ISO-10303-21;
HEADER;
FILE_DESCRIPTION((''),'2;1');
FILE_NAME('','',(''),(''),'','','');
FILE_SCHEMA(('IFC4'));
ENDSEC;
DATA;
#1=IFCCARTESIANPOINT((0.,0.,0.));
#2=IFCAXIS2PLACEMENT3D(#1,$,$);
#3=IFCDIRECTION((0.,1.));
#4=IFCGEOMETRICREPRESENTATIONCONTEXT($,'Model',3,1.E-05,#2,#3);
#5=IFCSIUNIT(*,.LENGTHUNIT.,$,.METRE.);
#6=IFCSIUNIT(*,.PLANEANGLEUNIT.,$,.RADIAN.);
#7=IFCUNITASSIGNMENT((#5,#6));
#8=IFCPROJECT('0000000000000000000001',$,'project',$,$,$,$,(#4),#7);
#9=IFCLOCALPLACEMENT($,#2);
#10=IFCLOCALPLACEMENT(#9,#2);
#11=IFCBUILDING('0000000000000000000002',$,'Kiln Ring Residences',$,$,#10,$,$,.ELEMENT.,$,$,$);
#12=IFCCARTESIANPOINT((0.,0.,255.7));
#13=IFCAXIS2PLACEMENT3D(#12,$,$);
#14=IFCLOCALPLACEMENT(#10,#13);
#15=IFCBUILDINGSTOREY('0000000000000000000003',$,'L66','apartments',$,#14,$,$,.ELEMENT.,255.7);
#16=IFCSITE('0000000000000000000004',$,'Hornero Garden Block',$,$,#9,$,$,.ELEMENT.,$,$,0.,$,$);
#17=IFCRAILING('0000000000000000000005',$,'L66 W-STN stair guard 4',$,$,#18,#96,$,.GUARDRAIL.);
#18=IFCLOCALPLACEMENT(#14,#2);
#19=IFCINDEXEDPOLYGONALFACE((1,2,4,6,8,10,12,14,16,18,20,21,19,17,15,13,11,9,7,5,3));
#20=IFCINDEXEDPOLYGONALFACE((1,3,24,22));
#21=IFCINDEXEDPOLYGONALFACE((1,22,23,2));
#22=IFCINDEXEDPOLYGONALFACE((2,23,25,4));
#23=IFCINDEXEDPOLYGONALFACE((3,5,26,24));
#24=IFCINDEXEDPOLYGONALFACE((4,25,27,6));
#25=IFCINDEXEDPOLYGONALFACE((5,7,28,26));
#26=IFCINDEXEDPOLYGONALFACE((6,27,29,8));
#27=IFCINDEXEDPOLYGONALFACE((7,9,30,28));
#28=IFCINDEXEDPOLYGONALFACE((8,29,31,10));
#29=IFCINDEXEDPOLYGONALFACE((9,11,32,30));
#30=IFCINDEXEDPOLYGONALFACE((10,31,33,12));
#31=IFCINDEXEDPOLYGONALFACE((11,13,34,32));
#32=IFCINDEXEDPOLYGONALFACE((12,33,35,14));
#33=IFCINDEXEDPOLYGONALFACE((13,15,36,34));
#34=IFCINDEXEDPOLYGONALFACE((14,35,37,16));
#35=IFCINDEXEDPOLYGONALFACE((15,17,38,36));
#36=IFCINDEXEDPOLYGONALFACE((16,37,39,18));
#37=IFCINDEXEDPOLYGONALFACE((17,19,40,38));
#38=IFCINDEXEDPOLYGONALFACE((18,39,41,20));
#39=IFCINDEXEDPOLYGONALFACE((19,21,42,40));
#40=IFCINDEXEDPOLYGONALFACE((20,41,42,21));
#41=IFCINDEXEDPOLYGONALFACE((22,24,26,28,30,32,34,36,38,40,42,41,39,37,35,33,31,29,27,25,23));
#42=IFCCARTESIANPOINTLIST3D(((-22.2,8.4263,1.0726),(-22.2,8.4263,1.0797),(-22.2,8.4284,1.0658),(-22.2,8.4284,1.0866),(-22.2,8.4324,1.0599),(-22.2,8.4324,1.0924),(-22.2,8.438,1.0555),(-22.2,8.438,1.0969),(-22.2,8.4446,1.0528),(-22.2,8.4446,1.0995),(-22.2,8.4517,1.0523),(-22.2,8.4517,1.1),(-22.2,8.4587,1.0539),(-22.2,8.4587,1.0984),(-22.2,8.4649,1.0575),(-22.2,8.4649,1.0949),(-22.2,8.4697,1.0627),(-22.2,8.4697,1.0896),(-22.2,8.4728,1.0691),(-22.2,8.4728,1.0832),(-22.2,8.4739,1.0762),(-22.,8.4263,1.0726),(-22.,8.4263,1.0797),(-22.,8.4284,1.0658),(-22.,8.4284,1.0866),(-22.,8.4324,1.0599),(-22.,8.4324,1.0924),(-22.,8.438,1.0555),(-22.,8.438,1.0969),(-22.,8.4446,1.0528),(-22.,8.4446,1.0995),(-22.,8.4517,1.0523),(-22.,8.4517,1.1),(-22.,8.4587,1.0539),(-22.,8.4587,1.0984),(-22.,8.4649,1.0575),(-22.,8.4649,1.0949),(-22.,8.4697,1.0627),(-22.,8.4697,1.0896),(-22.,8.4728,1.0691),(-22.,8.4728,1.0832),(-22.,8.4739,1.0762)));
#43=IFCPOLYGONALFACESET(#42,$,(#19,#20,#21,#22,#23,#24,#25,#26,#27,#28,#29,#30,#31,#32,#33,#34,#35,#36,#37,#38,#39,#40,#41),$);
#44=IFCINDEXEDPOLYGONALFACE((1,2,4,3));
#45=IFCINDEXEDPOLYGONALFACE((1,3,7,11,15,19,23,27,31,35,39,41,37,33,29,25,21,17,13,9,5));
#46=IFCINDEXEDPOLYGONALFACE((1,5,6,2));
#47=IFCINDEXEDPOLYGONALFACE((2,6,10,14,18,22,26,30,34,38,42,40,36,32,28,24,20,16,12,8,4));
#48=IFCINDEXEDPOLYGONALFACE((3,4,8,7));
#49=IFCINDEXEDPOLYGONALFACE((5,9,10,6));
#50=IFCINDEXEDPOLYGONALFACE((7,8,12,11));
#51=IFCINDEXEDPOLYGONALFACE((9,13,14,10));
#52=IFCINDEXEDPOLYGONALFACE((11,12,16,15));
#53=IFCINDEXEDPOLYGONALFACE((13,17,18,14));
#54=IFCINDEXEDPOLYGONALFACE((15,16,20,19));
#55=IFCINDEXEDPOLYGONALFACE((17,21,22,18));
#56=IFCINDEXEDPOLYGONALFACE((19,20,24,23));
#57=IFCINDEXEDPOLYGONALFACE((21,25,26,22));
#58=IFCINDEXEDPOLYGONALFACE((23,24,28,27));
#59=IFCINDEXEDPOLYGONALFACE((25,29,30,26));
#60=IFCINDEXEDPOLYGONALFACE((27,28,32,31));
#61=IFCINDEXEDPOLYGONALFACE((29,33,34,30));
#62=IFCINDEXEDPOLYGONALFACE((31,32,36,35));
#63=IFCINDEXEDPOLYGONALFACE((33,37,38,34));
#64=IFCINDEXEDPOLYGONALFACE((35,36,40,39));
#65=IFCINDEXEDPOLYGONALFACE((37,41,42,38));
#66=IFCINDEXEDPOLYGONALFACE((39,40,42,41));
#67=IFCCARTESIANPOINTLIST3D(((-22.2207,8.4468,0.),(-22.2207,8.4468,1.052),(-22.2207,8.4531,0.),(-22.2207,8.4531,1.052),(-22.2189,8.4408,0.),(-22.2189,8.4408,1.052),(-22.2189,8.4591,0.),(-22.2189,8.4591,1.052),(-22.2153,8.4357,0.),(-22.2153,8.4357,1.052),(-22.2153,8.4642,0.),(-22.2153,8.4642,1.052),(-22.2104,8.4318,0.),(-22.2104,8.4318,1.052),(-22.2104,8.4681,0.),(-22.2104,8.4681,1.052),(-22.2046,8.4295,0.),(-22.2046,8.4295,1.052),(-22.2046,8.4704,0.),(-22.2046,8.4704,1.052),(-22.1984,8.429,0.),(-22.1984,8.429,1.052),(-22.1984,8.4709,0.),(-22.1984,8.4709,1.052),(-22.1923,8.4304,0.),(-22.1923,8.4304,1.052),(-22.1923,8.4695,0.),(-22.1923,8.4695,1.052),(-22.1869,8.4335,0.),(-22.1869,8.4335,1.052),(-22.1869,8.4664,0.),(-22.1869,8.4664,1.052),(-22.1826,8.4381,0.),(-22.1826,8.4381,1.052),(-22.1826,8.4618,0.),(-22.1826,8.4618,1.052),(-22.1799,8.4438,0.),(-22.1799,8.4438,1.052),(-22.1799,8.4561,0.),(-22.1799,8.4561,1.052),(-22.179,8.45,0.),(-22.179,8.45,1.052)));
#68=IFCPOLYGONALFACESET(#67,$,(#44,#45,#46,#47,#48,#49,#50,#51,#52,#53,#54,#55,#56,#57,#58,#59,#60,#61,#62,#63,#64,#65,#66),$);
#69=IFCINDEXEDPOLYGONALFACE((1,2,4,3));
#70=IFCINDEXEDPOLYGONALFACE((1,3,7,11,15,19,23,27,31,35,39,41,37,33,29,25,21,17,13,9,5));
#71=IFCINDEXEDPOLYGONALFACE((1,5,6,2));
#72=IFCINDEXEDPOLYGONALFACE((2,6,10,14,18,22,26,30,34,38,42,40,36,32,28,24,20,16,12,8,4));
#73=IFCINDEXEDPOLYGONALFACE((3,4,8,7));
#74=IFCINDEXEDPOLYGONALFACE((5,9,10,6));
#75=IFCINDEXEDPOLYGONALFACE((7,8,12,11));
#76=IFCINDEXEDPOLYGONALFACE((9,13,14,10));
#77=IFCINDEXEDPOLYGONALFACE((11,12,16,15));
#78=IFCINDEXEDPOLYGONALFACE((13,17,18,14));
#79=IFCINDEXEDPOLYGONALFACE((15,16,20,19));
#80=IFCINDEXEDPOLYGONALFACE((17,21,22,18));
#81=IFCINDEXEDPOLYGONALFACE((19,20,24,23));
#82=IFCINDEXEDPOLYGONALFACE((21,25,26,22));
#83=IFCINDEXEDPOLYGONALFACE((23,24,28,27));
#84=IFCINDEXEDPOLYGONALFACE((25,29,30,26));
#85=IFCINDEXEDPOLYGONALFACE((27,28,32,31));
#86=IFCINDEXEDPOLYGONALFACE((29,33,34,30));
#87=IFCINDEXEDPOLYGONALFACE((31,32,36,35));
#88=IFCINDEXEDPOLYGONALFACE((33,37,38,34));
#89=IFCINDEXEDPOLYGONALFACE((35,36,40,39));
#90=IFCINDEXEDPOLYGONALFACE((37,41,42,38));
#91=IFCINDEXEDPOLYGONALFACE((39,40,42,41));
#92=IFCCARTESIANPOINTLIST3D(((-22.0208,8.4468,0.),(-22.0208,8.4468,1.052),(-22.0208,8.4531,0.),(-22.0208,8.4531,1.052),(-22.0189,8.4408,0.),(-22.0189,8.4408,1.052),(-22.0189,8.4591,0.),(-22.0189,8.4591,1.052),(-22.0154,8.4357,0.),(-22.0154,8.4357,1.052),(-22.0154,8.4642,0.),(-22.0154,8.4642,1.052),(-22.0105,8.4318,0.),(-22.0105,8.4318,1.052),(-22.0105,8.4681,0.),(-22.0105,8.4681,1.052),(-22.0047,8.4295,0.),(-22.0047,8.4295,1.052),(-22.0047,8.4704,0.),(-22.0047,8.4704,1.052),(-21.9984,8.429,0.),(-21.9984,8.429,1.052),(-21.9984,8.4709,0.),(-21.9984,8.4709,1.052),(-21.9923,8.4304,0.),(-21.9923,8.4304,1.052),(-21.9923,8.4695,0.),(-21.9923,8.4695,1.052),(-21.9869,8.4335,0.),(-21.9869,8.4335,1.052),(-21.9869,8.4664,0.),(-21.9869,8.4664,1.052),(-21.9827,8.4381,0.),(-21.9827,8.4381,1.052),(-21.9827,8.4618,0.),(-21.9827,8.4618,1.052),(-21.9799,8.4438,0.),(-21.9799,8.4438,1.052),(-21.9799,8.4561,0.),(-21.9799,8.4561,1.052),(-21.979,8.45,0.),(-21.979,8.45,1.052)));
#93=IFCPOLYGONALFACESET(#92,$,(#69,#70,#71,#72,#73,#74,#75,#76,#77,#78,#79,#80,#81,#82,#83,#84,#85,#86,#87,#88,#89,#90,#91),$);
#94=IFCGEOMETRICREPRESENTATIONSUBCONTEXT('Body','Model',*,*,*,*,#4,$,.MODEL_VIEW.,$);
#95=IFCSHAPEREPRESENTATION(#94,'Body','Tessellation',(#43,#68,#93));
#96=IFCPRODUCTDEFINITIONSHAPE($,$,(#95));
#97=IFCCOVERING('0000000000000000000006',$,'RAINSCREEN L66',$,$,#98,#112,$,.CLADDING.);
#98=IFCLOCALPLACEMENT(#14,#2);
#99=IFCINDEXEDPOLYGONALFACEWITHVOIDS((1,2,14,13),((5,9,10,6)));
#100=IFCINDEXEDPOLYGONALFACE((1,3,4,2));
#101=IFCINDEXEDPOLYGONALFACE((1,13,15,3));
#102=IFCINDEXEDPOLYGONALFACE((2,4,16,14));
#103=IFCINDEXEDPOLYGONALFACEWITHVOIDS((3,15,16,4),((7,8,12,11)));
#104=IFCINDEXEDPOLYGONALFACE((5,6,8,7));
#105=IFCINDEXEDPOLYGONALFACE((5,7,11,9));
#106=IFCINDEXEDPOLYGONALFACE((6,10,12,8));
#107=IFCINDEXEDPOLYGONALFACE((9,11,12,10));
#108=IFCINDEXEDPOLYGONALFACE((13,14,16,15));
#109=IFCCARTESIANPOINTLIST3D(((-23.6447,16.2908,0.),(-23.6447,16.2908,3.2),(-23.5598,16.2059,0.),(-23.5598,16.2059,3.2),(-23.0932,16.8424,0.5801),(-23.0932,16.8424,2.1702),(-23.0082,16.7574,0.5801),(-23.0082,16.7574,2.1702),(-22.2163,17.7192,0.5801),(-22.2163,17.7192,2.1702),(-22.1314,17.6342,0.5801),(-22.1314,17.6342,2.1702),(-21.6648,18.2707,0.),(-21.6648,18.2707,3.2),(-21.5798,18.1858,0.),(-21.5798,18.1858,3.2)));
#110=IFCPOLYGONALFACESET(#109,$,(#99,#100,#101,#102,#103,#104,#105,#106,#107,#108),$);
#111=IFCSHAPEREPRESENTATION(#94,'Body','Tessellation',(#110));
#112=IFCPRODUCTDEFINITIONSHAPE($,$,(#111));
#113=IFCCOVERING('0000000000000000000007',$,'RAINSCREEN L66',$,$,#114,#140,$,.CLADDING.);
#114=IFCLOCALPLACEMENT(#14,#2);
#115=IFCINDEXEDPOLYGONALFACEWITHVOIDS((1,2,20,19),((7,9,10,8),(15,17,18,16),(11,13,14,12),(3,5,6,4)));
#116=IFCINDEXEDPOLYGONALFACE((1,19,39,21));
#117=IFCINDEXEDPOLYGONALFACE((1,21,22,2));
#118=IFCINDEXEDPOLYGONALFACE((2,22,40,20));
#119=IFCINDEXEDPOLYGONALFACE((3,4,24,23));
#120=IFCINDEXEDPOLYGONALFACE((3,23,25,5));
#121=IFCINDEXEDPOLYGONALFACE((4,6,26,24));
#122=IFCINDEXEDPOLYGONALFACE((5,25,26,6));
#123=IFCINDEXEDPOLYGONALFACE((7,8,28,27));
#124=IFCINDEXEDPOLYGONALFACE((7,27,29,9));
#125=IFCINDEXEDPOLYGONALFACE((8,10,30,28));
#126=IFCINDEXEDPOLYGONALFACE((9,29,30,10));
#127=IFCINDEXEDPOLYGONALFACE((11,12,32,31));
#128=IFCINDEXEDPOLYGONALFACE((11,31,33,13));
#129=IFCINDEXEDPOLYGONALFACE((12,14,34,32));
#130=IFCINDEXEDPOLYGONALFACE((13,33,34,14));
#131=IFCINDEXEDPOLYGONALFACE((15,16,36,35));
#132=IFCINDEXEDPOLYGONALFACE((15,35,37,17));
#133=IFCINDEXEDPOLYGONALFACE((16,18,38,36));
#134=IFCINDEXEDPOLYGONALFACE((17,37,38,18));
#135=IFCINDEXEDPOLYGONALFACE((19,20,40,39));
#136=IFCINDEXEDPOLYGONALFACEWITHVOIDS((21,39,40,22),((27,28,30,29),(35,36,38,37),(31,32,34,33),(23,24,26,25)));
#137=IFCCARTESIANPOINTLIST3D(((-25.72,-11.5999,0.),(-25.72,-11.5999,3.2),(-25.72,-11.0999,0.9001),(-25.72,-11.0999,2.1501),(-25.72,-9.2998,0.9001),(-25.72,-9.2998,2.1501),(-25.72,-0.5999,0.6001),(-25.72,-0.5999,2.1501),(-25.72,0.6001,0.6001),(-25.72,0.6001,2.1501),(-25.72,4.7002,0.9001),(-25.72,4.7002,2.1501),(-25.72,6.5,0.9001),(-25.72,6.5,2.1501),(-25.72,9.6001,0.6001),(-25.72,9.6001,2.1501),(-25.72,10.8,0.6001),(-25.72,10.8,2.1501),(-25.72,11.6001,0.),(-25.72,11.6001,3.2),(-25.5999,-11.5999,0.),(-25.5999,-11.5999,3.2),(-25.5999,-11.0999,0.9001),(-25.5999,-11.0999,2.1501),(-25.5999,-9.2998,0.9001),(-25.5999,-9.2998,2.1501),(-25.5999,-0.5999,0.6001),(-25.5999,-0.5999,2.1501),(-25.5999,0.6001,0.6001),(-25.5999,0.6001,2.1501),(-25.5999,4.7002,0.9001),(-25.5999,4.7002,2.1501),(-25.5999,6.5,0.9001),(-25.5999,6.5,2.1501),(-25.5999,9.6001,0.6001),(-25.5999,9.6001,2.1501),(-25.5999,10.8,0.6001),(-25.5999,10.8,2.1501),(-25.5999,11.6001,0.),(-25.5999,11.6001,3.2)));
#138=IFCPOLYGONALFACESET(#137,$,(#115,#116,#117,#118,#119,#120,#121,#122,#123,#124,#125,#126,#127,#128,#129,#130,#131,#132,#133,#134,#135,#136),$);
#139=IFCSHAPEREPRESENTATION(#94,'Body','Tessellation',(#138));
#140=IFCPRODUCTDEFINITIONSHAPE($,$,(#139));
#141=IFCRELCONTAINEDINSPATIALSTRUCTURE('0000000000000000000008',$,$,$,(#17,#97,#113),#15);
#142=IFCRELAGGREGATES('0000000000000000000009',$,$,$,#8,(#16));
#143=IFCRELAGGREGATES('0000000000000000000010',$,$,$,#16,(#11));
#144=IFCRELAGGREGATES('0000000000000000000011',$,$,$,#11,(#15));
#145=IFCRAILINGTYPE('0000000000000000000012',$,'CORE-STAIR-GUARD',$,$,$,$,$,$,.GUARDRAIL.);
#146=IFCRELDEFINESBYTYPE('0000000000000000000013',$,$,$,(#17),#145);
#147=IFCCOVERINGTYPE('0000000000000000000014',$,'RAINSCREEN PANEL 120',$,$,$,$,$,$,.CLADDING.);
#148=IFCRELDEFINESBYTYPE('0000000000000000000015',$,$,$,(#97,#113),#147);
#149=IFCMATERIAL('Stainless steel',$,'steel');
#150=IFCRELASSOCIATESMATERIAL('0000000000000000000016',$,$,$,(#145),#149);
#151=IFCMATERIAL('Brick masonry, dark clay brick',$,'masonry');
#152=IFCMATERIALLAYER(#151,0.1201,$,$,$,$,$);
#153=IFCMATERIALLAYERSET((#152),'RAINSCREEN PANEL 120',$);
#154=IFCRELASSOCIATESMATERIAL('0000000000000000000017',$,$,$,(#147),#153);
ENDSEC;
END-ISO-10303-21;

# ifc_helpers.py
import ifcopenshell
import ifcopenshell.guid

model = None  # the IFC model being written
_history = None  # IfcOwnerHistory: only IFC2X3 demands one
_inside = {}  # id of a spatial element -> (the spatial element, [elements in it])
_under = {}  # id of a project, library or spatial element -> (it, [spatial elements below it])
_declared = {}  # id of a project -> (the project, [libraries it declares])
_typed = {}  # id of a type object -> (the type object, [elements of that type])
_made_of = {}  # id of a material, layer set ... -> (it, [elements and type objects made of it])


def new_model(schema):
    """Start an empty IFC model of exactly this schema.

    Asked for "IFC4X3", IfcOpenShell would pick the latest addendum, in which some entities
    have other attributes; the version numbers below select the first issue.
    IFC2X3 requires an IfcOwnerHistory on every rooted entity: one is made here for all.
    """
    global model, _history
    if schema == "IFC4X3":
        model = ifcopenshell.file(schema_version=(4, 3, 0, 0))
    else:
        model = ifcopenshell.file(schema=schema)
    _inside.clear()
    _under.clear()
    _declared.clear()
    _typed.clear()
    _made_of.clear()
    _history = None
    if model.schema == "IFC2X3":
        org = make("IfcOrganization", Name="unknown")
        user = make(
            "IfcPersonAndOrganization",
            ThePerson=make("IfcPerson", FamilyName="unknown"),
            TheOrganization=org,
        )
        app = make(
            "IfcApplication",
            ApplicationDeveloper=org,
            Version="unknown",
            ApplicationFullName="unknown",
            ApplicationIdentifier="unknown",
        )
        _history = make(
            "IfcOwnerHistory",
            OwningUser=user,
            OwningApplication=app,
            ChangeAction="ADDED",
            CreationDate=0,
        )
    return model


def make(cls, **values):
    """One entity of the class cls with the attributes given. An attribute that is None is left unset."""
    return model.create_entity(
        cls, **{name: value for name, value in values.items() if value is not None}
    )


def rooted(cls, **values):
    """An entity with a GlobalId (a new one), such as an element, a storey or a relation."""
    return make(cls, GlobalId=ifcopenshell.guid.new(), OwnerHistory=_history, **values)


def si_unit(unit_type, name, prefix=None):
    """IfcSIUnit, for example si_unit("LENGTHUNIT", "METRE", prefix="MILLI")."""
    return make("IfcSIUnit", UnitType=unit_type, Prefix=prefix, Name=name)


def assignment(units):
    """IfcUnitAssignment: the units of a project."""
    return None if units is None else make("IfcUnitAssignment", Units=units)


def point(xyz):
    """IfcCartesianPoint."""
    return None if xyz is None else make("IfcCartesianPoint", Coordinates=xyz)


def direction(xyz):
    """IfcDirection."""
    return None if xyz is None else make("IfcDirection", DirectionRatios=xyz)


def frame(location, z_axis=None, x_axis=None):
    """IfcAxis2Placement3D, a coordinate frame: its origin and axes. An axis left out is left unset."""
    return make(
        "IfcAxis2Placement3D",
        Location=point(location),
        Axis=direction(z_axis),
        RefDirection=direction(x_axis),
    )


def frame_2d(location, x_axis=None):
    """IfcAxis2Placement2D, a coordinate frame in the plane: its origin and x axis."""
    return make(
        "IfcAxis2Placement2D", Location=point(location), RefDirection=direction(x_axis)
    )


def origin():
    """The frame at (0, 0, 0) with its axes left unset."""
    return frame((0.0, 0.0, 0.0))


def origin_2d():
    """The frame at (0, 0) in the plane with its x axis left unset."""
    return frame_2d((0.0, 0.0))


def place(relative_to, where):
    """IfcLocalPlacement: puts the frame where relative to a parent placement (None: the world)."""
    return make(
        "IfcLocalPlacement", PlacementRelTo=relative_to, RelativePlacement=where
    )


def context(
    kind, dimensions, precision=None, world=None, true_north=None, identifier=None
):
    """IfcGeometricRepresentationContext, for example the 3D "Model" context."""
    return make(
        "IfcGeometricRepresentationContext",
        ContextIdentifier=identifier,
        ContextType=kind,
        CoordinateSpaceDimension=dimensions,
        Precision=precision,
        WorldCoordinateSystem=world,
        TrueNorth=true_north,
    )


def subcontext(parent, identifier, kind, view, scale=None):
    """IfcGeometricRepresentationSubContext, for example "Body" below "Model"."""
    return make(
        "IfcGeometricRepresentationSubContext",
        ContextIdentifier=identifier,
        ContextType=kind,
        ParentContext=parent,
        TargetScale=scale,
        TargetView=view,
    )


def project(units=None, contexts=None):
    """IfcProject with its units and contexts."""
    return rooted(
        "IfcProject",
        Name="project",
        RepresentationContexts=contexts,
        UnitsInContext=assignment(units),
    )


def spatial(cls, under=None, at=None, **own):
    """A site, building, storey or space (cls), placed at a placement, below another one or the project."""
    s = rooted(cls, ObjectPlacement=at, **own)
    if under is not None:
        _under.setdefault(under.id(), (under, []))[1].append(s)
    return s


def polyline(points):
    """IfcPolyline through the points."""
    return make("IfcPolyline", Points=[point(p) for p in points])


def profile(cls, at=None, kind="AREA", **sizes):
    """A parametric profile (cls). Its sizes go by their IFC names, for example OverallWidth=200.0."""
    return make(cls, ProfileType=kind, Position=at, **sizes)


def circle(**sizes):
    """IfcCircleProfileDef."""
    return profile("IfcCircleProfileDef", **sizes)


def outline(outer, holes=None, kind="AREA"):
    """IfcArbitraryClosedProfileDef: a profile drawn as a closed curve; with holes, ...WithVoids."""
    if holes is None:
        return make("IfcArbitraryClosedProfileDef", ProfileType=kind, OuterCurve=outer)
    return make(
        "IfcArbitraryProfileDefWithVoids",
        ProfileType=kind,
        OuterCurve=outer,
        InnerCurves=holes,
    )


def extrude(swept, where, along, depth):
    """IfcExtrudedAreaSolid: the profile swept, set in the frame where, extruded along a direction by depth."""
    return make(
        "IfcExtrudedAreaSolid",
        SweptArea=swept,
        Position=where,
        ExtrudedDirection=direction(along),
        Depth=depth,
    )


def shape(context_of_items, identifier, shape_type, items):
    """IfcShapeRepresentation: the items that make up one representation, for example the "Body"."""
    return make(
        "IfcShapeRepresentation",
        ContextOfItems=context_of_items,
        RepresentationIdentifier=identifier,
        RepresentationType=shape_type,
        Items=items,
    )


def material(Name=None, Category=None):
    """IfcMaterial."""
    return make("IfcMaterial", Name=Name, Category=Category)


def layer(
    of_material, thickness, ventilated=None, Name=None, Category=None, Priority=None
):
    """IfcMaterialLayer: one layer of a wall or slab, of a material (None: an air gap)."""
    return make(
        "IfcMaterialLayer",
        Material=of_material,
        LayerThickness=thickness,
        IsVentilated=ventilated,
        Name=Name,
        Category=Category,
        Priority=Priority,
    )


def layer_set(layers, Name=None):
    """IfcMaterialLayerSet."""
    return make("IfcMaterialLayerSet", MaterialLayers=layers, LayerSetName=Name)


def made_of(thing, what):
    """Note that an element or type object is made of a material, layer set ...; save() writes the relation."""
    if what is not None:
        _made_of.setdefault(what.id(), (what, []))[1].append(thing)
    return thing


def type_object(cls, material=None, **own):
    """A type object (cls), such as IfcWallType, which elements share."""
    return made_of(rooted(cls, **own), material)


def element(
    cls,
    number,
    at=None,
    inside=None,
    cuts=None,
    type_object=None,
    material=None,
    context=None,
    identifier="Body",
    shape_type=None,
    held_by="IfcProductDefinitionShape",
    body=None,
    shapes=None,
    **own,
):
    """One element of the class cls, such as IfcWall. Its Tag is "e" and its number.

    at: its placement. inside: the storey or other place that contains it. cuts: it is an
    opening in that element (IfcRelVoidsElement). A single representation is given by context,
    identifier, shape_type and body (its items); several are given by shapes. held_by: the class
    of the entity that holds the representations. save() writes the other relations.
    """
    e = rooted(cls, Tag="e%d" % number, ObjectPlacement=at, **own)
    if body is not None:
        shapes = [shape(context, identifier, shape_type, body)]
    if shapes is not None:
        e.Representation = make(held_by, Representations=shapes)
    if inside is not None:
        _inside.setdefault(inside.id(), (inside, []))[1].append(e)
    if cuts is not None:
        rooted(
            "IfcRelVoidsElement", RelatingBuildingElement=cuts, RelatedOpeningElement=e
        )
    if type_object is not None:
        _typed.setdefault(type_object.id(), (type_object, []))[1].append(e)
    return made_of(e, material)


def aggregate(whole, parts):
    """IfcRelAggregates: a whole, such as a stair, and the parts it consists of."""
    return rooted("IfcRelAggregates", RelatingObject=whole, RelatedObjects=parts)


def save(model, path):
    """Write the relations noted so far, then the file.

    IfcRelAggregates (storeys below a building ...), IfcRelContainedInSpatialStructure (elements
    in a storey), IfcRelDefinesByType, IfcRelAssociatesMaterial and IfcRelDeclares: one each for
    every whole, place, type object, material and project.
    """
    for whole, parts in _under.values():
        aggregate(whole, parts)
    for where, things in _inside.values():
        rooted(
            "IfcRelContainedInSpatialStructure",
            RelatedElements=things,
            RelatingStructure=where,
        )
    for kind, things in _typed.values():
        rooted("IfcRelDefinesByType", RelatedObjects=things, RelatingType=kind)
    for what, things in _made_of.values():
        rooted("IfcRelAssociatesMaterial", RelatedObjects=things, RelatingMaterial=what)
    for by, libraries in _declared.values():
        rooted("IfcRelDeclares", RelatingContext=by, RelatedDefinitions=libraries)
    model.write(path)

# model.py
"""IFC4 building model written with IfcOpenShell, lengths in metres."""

from ifc_helpers import new_model, si_unit, direction, frame, origin, origin_2d, place, context, subcontext, project, spatial, polyline, circle, outline, extrude, material, layer, layer_set, type_object, element, save


model = new_model("IFC4")

# Units and contexts
model_context = context("Model", 3, precision=1e-05, world=origin(), true_north=direction((0.0, 1.0)))
body_context = subcontext(model_context, "Body", "Model", "MODEL_VIEW")
ifc_project = project(units=[si_unit("LENGTHUNIT", "METRE"), si_unit("PLANEANGLEUNIT", "RADIAN")], contexts=[model_context])

# Site, building, storey
site_placement = place(None, origin())
site = spatial("IfcSite", under=ifc_project, at=site_placement, Name="Hornero Garden Block", CompositionType="ELEMENT", RefElevation=0.0)
building_placement = place(site_placement, origin())
building = spatial("IfcBuilding", under=site, at=building_placement, Name="Kiln Ring Residences", CompositionType="ELEMENT")
storey_placement = place(building_placement, frame((0.0, 0.0, 255.7)))
storey = spatial("IfcBuildingStorey", under=building, at=storey_placement, Name="L66", Description="apartments", CompositionType="ELEMENT", Elevation=255.7)

# Railing
ifc_material_1 = material(Name="Stainless steel", Category="steel")
railing_type = type_object("IfcRailingType", Name="CORE-STAIR-GUARD", PredefinedType="GUARDRAIL", material=ifc_material_1)
railing_1_placement = place(storey_placement, frame((-22.2, 8.45, 0.0)))
element("IfcRailing", 1, at=railing_1_placement, inside=storey, type_object=railing_type, Name="L66 W-STN stair guard 4", PredefinedType="GUARDRAIL", context=body_context, shape_type="SweptSolid", body=[
    extrude(circle(Radius=0.0239, at=origin_2d()), frame((0.0, 0.0, 1.0762), z_axis=(1.0, 0.0, 0.0), x_axis=(0.0, 1.0, 0.0)), (0.0, 0.0, 1.0), 0.2),
    extrude(circle(Radius=0.021, at=origin_2d()), origin(), (0.0, 0.0, 1.0), 1.052),
    extrude(circle(Radius=0.021, at=origin_2d()), frame((0.2, 0.0, 0.0)), (0.0, 0.0, 1.0), 1.052),
])

# Coverings
ifc_material_2 = material(Name="Brick masonry, dark clay brick", Category="masonry")
ifc_layer_1 = layer(ifc_material_2, 0.1201)
ifc_layer_set_1 = layer_set([ifc_layer_1], Name="RAINSCREEN PANEL 120")
covering_type = type_object("IfcCoveringType", Name="RAINSCREEN PANEL 120", PredefinedType="CLADDING", material=ifc_layer_set_1)
covering_1_placement = place(storey_placement, frame((-21.6223, 18.2283, 0.0), z_axis=(0.0, 0.0, 1.0), x_axis=(-0.707107, -0.707107, 0.0)))
element("IfcCovering", 2, at=covering_1_placement, inside=storey, type_object=covering_type, Name="RAINSCREEN L66", PredefinedType="CLADDING", context=body_context, shape_type="SweptSolid", body=[
    extrude(outline(polyline([(0.0, 0.0), (2.8, 0.0), (2.8, 3.2), (0.0, 3.2), (0.0, 0.0)]), holes=[polyline([(0.78, 2.1702), (0.78, 0.5801), (2.02, 0.5801), (2.02, 2.1702), (0.78, 2.1702)])]), frame((0.0, 0.0601, 0.0), z_axis=(0.0, -1.0, 0.0), x_axis=(1.0, 0.0, 0.0)), (0.0, 0.0, 1.0), 0.1201),
])
covering_2_placement = place(storey_placement, frame((-25.6599, 11.6001, 0.0), z_axis=(0.0, 0.0, 1.0), x_axis=(0.0, -1.0, 0.0)))
element("IfcCovering", 3, at=covering_2_placement, inside=storey, type_object=covering_type, Name="RAINSCREEN L66", PredefinedType="CLADDING", context=body_context, shape_type="SweptSolid", body=[
    extrude(outline(polyline([(0.0, 0.0), (23.2, 0.0), (23.2, 3.2), (0.0, 3.2), (0.0, 0.0)]), holes=[polyline([(2.0, 0.6001), (2.0, 2.1501), (0.8, 2.1501), (0.8, 0.6001), (2.0, 0.6001)]), polyline([(12.2, 0.6001), (12.2, 2.1501), (11.0, 2.1501), (11.0, 0.6001), (12.2, 0.6001)]), polyline([(6.8999, 0.9001), (6.8999, 2.1501), (5.1001, 2.1501), (5.1001, 0.9001), (6.8999, 0.9001)]), polyline([(22.7, 0.9001), (22.7, 2.1501), (20.8999, 2.1501), (20.8999, 0.9001), (22.7, 0.9001)])]), frame((0.0, 0.0601, 0.0), z_axis=(0.0, -1.0, 0.0), x_axis=(1.0, 0.0, 0.0)), (0.0, 0.0, 1.0), 0.1201),
])

save(model, "model.ifc")
